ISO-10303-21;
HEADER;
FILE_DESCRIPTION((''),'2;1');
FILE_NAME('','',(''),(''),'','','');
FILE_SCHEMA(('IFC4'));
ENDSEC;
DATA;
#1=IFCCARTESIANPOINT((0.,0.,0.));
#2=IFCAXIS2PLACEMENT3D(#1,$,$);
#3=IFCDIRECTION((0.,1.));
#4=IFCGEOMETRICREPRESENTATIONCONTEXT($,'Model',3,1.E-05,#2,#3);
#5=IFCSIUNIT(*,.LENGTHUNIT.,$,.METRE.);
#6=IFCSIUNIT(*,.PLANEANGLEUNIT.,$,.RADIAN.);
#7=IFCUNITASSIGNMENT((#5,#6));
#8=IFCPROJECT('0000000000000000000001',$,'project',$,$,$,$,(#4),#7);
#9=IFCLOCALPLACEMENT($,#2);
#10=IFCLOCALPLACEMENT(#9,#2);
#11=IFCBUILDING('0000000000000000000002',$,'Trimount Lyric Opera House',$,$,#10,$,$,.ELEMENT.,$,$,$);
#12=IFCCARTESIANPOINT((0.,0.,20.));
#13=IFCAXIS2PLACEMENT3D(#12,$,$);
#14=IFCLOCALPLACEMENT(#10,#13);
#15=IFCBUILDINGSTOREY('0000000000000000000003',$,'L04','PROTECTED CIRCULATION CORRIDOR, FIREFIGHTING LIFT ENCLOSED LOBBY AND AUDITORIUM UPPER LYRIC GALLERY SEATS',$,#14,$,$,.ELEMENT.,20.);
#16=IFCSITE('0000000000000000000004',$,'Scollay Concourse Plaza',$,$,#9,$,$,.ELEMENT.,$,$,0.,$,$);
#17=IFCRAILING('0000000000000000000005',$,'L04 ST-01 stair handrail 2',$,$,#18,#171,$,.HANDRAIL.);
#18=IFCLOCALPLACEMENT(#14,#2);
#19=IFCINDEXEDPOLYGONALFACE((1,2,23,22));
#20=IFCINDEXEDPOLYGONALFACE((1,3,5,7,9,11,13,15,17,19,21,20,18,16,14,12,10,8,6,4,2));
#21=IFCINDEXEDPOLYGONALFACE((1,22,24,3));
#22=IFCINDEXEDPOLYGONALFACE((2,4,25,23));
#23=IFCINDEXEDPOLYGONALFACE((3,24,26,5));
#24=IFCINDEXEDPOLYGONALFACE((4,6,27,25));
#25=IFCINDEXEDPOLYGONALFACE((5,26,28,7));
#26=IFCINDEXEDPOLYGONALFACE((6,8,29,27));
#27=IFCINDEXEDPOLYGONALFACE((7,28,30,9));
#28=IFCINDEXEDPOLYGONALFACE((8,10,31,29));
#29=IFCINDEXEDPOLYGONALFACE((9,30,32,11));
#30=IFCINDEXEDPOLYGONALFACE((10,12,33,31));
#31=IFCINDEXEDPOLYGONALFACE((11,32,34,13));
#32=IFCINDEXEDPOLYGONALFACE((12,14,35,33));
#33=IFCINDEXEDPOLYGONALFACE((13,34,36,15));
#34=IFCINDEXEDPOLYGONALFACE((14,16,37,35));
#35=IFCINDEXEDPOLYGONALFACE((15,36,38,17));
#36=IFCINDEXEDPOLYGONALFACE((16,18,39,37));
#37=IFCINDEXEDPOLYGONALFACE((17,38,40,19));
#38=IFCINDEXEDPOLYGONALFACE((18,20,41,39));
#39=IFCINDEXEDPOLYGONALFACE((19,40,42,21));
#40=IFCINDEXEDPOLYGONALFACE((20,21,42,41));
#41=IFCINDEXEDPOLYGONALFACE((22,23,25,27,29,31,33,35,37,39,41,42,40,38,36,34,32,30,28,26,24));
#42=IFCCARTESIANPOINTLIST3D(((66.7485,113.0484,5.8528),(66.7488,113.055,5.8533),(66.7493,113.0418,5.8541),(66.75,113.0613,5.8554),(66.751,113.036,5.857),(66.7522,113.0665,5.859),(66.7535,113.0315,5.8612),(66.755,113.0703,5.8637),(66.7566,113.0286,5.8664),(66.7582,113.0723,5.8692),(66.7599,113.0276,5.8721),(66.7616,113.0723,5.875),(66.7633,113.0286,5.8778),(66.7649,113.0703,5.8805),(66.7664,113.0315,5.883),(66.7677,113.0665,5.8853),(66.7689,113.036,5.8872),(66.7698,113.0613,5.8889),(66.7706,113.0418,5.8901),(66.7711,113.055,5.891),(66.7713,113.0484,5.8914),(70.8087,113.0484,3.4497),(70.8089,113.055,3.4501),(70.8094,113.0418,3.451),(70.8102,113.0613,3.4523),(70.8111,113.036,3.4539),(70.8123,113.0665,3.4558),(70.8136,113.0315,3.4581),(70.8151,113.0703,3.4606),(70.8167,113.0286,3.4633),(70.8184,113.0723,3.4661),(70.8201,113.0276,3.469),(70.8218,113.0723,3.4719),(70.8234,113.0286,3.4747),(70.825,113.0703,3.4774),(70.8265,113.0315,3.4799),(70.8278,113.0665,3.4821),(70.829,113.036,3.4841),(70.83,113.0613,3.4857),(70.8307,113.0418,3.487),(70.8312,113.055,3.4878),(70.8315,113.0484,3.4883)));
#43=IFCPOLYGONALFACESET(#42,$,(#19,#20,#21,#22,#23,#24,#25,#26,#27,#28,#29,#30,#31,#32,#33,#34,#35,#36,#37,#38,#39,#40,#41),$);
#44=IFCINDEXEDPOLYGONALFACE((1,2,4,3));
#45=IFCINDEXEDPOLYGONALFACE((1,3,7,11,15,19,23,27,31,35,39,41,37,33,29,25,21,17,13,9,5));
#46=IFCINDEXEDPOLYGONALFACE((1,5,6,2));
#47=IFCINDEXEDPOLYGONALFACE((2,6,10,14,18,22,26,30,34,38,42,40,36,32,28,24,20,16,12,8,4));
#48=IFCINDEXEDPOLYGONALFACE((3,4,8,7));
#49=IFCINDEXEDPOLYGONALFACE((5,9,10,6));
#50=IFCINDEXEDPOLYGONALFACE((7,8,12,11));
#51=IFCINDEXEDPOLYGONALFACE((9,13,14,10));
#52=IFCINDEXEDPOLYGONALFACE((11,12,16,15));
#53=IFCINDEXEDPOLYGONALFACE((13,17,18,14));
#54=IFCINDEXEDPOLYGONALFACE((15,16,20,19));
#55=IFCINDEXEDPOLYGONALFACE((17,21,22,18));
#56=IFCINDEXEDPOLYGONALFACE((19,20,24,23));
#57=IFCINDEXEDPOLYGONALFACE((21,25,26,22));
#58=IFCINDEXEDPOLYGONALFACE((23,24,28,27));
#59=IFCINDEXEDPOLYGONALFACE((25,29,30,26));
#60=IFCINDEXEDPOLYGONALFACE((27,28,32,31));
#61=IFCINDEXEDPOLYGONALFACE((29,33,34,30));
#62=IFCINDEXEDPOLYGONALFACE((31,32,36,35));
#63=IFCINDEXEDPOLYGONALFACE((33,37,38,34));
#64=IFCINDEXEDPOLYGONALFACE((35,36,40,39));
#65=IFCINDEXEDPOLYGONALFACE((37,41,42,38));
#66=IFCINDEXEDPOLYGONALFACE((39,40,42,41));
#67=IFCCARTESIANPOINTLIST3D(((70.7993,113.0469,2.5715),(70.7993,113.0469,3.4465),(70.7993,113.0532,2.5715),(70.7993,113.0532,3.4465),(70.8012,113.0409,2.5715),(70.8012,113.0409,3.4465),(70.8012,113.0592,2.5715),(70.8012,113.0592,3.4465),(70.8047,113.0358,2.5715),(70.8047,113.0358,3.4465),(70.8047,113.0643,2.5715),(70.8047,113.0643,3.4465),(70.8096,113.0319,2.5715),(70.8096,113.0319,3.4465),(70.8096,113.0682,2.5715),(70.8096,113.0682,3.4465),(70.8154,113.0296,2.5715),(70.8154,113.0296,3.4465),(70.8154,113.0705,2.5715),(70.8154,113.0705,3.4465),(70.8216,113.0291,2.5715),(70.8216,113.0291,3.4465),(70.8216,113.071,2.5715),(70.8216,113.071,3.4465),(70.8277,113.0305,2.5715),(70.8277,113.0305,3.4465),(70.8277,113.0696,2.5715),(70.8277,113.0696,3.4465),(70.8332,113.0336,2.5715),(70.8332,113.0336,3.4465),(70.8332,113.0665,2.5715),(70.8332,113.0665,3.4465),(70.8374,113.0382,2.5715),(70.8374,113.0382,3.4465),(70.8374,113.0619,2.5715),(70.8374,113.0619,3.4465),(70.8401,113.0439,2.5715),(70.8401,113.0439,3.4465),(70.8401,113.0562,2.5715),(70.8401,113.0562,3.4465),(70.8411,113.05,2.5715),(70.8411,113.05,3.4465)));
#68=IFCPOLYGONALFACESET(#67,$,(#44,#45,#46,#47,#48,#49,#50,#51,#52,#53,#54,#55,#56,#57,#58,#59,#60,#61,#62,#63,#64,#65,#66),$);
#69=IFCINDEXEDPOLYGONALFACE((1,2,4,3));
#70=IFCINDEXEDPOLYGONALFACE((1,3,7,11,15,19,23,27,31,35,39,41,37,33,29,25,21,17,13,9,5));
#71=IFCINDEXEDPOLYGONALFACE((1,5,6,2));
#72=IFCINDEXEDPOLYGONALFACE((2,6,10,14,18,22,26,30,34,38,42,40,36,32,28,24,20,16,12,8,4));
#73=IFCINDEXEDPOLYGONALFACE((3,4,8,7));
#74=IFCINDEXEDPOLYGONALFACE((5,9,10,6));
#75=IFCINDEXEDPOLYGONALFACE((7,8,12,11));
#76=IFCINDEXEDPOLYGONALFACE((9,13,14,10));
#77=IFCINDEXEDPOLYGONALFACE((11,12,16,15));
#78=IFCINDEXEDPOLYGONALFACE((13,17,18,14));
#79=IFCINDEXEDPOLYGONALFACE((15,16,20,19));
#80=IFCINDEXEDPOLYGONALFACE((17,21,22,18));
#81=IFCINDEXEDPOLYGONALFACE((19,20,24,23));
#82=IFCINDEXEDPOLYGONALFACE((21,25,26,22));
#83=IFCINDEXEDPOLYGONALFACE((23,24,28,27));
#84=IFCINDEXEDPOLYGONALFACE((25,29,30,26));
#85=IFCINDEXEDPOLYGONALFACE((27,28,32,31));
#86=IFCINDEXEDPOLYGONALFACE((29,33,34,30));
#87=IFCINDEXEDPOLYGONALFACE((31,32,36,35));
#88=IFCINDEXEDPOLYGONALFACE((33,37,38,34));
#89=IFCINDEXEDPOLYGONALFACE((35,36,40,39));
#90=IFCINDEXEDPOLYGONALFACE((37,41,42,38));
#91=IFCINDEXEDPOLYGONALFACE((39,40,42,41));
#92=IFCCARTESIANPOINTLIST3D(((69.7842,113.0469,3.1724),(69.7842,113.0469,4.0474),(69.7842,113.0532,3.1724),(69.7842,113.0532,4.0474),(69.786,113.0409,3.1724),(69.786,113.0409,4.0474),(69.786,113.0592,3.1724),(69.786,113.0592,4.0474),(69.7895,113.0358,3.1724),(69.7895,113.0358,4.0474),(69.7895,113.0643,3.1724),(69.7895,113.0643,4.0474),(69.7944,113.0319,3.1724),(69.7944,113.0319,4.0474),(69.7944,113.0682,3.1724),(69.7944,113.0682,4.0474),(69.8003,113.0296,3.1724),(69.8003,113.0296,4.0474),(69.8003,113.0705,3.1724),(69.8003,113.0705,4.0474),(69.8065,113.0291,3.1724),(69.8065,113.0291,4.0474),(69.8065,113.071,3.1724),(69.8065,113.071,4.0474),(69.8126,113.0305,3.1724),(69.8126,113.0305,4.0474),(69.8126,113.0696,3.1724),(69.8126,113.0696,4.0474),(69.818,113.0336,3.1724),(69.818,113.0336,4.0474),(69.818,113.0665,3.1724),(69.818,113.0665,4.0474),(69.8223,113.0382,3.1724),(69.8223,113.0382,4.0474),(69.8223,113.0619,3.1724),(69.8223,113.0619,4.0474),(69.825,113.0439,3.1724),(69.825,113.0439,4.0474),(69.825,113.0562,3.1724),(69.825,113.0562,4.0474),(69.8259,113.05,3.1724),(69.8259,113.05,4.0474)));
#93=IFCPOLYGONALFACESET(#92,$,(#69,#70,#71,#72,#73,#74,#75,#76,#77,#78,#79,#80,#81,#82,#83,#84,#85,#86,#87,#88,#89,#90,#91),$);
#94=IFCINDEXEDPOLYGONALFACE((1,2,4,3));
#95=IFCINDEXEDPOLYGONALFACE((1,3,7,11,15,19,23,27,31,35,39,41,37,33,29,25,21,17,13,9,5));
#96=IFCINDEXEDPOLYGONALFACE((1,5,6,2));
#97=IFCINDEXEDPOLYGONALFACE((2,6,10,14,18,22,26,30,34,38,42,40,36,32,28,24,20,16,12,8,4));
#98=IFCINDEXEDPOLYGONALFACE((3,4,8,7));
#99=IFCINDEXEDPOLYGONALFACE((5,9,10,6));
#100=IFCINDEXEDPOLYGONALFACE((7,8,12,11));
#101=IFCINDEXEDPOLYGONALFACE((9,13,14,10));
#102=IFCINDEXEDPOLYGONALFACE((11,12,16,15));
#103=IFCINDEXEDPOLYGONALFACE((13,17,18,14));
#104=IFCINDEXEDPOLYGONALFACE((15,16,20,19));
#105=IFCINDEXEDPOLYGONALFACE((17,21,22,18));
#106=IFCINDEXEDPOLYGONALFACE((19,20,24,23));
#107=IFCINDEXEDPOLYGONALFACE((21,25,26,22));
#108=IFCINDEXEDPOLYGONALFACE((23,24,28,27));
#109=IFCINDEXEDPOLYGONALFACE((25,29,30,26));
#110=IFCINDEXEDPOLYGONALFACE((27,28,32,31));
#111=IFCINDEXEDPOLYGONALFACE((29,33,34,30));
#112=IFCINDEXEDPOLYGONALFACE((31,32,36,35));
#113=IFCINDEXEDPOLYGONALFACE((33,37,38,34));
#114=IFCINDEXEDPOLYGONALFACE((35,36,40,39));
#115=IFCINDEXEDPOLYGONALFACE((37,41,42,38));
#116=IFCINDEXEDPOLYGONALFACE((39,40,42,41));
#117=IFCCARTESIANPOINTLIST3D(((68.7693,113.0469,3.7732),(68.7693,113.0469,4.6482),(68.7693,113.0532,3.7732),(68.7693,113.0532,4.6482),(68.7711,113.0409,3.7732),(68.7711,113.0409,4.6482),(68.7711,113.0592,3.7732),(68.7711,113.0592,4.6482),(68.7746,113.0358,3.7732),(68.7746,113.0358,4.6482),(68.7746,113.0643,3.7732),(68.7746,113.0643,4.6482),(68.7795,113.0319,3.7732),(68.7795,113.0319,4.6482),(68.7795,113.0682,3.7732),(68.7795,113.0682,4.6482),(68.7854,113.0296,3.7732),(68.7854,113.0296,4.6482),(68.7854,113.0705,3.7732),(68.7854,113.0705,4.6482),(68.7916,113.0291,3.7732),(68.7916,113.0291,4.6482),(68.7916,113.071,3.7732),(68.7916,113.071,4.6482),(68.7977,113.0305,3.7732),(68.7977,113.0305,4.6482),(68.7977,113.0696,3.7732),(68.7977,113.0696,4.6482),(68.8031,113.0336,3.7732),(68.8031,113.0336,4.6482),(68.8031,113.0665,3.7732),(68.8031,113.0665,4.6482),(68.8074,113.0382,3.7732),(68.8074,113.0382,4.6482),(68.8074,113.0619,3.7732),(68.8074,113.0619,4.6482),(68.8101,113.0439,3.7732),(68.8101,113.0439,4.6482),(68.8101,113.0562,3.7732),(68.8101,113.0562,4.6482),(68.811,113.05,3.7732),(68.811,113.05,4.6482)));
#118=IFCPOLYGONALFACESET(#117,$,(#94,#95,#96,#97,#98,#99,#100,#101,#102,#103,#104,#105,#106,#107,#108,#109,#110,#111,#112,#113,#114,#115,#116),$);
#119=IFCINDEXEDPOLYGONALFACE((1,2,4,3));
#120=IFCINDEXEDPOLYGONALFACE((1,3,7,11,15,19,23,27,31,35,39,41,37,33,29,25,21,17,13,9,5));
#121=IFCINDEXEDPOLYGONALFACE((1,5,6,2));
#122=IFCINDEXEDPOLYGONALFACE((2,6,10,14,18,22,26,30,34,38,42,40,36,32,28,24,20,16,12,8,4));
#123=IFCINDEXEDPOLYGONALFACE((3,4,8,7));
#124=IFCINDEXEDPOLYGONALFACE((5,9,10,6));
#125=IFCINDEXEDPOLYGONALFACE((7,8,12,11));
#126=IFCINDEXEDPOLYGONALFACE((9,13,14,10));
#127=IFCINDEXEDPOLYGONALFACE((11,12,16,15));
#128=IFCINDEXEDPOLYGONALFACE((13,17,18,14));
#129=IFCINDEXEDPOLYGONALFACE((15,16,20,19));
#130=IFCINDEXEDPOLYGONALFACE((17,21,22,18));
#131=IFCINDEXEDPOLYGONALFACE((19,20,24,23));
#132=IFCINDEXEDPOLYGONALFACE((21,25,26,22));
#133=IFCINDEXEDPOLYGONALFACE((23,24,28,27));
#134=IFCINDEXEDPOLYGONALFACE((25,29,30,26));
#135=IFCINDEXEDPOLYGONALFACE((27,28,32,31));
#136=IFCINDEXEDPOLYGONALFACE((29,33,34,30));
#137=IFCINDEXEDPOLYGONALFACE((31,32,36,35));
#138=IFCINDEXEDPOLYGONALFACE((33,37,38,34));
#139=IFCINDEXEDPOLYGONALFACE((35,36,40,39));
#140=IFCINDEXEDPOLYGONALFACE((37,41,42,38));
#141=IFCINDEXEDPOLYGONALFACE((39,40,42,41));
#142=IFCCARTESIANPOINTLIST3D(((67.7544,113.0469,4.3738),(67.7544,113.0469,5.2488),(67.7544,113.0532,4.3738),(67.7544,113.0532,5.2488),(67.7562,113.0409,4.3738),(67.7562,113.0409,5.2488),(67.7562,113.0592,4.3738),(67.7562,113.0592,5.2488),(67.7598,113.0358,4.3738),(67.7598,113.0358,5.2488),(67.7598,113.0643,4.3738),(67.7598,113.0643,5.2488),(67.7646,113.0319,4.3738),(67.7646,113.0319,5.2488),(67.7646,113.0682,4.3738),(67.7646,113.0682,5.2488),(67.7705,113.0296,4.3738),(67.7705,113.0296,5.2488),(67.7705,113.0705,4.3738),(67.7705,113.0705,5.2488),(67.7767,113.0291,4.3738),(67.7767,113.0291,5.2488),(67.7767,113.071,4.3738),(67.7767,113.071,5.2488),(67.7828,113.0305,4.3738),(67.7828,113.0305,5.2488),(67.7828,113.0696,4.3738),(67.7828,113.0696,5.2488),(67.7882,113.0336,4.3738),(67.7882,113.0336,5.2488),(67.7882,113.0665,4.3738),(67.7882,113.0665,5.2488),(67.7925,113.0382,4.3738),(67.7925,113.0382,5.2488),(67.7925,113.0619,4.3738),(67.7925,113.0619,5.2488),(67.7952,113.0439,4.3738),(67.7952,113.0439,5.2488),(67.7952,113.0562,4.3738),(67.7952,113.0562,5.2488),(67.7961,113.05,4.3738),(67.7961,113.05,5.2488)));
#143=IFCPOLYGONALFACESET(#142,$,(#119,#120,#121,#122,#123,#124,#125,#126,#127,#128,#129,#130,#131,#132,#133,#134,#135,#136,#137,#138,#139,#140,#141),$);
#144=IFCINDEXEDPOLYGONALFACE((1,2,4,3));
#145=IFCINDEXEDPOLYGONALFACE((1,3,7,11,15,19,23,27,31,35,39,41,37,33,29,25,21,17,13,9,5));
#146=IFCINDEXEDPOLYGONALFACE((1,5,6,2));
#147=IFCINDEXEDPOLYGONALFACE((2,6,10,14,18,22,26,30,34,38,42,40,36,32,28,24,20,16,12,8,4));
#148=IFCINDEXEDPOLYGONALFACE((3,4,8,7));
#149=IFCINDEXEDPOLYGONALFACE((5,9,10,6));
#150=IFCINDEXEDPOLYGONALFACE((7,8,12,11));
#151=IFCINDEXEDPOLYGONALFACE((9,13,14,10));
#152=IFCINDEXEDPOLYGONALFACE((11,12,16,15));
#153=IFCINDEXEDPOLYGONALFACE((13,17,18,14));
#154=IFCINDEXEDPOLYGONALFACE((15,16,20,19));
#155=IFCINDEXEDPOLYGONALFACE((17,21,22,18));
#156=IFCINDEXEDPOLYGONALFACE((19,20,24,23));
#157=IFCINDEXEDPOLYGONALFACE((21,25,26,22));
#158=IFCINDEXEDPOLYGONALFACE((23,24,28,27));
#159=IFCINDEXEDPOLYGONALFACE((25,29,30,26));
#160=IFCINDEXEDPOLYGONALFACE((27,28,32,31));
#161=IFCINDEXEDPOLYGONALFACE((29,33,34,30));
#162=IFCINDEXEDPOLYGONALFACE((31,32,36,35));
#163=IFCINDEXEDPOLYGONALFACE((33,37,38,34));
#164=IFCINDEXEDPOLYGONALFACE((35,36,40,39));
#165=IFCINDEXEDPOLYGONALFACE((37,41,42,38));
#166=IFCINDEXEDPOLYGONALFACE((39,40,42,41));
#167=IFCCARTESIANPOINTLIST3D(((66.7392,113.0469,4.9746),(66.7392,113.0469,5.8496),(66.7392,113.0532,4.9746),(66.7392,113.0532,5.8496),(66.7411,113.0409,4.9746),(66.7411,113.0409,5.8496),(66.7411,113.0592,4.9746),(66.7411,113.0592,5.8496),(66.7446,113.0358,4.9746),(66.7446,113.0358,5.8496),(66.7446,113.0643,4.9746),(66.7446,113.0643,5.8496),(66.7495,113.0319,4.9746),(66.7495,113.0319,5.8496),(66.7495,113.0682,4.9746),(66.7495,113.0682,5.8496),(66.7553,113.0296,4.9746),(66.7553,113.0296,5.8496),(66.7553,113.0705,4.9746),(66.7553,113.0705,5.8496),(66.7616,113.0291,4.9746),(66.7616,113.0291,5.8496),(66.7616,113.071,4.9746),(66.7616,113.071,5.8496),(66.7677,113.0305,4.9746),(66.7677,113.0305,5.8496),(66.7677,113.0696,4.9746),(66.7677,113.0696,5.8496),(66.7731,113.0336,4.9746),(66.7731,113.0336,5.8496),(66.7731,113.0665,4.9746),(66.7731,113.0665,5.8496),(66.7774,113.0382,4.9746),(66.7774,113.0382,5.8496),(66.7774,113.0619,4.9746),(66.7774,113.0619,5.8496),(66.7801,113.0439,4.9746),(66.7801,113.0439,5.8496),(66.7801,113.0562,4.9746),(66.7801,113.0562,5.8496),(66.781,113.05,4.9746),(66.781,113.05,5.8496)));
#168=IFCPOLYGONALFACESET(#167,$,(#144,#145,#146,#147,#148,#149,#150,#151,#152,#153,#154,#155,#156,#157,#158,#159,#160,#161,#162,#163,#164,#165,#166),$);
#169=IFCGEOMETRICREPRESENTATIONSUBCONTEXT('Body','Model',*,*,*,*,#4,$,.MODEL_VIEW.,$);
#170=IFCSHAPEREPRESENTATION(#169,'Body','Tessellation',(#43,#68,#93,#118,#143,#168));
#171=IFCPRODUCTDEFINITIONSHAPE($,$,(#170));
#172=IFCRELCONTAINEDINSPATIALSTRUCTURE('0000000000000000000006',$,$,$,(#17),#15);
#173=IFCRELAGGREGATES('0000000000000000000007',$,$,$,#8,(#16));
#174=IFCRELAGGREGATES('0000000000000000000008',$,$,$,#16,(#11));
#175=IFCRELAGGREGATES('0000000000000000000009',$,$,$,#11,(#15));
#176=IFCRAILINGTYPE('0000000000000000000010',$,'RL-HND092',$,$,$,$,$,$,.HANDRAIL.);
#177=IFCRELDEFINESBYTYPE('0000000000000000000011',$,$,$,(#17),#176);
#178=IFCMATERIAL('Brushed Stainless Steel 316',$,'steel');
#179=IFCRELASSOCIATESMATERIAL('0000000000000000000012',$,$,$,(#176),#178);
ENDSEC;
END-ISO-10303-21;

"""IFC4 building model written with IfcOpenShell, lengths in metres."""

from ifc_helpers import new_model, si_unit, direction, frame, origin, origin_2d, place, context, subcontext, project, spatial, circle, extrude, material, type_object, element, save


model = new_model("IFC4")

# Units and contexts
model_context = context("Model", 3, precision=1e-05, world=origin(), true_north=direction((0.0, 1.0)))
body_context = subcontext(model_context, "Body", "Model", "MODEL_VIEW")
ifc_project = project(units=[si_unit("LENGTHUNIT", "METRE"), si_unit("PLANEANGLEUNIT", "RADIAN")], contexts=[model_context])

# Site, building, storey
site_placement = place(None, origin())
site = spatial("IfcSite", under=ifc_project, at=site_placement, Name="Scollay Concourse Plaza", CompositionType="ELEMENT", RefElevation=0.0)
building_placement = place(site_placement, origin())
building = spatial("IfcBuilding", under=site, at=building_placement, Name="Trimount Lyric Opera House", CompositionType="ELEMENT")
storey_placement = place(building_placement, frame((0.0, 0.0, 20.0)))
storey = spatial("IfcBuildingStorey", under=building, at=storey_placement, Name="L04", Description="PROTECTED CIRCULATION CORRIDOR, FIREFIGHTING LIFT ENCLOSED LOBBY AND AUDITORIUM UPPER LYRIC GALLERY SEATS", CompositionType="ELEMENT", Elevation=20.0)

# Railing
ifc_material_1 = material(Name="Brushed Stainless Steel 316", Category="steel")
railing_type_1 = type_object("IfcRailingType", Name="RL-HND092", PredefinedType="HANDRAIL", material=ifc_material_1)
railing_1_placement = place(storey_placement, frame((70.8201, 113.05, 2.5715)))
element("IfcRailing", 1, at=railing_1_placement, inside=storey, type_object=railing_type_1, Name="L04 ST-01 stair handrail 2", PredefinedType="HANDRAIL", context=body_context, shape_type="SweptSolid", body=[
    extrude(circle(Radius=0.0225, at=origin_2d()), frame((0.0, 0.0, 0.8975), z_axis=(-0.86056, 0.0, 0.50935), x_axis=(0.0, -1.0, 0.0)), (0.0, 0.0, 1.0), 4.718),
    extrude(circle(Radius=0.021, at=origin_2d()), origin(), (0.0, 0.0, 1.0), 0.875),
    extrude(circle(Radius=0.021, at=origin_2d()), frame((-1.0151, 0.0, 0.6008)), (0.0, 0.0, 1.0), 0.875),
    extrude(circle(Radius=0.021, at=origin_2d()), frame((-2.03, 0.0, 1.2017)), (0.0, 0.0, 1.0), 0.875),
    extrude(circle(Radius=0.021, at=origin_2d()), frame((-3.0449, 0.0, 1.8022)), (0.0, 0.0, 1.0), 0.875),
    extrude(circle(Radius=0.021, at=origin_2d()), frame((-4.0601, 0.0, 2.4031)), (0.0, 0.0, 1.0), 0.875),
])

save(model, "model.ifc")
